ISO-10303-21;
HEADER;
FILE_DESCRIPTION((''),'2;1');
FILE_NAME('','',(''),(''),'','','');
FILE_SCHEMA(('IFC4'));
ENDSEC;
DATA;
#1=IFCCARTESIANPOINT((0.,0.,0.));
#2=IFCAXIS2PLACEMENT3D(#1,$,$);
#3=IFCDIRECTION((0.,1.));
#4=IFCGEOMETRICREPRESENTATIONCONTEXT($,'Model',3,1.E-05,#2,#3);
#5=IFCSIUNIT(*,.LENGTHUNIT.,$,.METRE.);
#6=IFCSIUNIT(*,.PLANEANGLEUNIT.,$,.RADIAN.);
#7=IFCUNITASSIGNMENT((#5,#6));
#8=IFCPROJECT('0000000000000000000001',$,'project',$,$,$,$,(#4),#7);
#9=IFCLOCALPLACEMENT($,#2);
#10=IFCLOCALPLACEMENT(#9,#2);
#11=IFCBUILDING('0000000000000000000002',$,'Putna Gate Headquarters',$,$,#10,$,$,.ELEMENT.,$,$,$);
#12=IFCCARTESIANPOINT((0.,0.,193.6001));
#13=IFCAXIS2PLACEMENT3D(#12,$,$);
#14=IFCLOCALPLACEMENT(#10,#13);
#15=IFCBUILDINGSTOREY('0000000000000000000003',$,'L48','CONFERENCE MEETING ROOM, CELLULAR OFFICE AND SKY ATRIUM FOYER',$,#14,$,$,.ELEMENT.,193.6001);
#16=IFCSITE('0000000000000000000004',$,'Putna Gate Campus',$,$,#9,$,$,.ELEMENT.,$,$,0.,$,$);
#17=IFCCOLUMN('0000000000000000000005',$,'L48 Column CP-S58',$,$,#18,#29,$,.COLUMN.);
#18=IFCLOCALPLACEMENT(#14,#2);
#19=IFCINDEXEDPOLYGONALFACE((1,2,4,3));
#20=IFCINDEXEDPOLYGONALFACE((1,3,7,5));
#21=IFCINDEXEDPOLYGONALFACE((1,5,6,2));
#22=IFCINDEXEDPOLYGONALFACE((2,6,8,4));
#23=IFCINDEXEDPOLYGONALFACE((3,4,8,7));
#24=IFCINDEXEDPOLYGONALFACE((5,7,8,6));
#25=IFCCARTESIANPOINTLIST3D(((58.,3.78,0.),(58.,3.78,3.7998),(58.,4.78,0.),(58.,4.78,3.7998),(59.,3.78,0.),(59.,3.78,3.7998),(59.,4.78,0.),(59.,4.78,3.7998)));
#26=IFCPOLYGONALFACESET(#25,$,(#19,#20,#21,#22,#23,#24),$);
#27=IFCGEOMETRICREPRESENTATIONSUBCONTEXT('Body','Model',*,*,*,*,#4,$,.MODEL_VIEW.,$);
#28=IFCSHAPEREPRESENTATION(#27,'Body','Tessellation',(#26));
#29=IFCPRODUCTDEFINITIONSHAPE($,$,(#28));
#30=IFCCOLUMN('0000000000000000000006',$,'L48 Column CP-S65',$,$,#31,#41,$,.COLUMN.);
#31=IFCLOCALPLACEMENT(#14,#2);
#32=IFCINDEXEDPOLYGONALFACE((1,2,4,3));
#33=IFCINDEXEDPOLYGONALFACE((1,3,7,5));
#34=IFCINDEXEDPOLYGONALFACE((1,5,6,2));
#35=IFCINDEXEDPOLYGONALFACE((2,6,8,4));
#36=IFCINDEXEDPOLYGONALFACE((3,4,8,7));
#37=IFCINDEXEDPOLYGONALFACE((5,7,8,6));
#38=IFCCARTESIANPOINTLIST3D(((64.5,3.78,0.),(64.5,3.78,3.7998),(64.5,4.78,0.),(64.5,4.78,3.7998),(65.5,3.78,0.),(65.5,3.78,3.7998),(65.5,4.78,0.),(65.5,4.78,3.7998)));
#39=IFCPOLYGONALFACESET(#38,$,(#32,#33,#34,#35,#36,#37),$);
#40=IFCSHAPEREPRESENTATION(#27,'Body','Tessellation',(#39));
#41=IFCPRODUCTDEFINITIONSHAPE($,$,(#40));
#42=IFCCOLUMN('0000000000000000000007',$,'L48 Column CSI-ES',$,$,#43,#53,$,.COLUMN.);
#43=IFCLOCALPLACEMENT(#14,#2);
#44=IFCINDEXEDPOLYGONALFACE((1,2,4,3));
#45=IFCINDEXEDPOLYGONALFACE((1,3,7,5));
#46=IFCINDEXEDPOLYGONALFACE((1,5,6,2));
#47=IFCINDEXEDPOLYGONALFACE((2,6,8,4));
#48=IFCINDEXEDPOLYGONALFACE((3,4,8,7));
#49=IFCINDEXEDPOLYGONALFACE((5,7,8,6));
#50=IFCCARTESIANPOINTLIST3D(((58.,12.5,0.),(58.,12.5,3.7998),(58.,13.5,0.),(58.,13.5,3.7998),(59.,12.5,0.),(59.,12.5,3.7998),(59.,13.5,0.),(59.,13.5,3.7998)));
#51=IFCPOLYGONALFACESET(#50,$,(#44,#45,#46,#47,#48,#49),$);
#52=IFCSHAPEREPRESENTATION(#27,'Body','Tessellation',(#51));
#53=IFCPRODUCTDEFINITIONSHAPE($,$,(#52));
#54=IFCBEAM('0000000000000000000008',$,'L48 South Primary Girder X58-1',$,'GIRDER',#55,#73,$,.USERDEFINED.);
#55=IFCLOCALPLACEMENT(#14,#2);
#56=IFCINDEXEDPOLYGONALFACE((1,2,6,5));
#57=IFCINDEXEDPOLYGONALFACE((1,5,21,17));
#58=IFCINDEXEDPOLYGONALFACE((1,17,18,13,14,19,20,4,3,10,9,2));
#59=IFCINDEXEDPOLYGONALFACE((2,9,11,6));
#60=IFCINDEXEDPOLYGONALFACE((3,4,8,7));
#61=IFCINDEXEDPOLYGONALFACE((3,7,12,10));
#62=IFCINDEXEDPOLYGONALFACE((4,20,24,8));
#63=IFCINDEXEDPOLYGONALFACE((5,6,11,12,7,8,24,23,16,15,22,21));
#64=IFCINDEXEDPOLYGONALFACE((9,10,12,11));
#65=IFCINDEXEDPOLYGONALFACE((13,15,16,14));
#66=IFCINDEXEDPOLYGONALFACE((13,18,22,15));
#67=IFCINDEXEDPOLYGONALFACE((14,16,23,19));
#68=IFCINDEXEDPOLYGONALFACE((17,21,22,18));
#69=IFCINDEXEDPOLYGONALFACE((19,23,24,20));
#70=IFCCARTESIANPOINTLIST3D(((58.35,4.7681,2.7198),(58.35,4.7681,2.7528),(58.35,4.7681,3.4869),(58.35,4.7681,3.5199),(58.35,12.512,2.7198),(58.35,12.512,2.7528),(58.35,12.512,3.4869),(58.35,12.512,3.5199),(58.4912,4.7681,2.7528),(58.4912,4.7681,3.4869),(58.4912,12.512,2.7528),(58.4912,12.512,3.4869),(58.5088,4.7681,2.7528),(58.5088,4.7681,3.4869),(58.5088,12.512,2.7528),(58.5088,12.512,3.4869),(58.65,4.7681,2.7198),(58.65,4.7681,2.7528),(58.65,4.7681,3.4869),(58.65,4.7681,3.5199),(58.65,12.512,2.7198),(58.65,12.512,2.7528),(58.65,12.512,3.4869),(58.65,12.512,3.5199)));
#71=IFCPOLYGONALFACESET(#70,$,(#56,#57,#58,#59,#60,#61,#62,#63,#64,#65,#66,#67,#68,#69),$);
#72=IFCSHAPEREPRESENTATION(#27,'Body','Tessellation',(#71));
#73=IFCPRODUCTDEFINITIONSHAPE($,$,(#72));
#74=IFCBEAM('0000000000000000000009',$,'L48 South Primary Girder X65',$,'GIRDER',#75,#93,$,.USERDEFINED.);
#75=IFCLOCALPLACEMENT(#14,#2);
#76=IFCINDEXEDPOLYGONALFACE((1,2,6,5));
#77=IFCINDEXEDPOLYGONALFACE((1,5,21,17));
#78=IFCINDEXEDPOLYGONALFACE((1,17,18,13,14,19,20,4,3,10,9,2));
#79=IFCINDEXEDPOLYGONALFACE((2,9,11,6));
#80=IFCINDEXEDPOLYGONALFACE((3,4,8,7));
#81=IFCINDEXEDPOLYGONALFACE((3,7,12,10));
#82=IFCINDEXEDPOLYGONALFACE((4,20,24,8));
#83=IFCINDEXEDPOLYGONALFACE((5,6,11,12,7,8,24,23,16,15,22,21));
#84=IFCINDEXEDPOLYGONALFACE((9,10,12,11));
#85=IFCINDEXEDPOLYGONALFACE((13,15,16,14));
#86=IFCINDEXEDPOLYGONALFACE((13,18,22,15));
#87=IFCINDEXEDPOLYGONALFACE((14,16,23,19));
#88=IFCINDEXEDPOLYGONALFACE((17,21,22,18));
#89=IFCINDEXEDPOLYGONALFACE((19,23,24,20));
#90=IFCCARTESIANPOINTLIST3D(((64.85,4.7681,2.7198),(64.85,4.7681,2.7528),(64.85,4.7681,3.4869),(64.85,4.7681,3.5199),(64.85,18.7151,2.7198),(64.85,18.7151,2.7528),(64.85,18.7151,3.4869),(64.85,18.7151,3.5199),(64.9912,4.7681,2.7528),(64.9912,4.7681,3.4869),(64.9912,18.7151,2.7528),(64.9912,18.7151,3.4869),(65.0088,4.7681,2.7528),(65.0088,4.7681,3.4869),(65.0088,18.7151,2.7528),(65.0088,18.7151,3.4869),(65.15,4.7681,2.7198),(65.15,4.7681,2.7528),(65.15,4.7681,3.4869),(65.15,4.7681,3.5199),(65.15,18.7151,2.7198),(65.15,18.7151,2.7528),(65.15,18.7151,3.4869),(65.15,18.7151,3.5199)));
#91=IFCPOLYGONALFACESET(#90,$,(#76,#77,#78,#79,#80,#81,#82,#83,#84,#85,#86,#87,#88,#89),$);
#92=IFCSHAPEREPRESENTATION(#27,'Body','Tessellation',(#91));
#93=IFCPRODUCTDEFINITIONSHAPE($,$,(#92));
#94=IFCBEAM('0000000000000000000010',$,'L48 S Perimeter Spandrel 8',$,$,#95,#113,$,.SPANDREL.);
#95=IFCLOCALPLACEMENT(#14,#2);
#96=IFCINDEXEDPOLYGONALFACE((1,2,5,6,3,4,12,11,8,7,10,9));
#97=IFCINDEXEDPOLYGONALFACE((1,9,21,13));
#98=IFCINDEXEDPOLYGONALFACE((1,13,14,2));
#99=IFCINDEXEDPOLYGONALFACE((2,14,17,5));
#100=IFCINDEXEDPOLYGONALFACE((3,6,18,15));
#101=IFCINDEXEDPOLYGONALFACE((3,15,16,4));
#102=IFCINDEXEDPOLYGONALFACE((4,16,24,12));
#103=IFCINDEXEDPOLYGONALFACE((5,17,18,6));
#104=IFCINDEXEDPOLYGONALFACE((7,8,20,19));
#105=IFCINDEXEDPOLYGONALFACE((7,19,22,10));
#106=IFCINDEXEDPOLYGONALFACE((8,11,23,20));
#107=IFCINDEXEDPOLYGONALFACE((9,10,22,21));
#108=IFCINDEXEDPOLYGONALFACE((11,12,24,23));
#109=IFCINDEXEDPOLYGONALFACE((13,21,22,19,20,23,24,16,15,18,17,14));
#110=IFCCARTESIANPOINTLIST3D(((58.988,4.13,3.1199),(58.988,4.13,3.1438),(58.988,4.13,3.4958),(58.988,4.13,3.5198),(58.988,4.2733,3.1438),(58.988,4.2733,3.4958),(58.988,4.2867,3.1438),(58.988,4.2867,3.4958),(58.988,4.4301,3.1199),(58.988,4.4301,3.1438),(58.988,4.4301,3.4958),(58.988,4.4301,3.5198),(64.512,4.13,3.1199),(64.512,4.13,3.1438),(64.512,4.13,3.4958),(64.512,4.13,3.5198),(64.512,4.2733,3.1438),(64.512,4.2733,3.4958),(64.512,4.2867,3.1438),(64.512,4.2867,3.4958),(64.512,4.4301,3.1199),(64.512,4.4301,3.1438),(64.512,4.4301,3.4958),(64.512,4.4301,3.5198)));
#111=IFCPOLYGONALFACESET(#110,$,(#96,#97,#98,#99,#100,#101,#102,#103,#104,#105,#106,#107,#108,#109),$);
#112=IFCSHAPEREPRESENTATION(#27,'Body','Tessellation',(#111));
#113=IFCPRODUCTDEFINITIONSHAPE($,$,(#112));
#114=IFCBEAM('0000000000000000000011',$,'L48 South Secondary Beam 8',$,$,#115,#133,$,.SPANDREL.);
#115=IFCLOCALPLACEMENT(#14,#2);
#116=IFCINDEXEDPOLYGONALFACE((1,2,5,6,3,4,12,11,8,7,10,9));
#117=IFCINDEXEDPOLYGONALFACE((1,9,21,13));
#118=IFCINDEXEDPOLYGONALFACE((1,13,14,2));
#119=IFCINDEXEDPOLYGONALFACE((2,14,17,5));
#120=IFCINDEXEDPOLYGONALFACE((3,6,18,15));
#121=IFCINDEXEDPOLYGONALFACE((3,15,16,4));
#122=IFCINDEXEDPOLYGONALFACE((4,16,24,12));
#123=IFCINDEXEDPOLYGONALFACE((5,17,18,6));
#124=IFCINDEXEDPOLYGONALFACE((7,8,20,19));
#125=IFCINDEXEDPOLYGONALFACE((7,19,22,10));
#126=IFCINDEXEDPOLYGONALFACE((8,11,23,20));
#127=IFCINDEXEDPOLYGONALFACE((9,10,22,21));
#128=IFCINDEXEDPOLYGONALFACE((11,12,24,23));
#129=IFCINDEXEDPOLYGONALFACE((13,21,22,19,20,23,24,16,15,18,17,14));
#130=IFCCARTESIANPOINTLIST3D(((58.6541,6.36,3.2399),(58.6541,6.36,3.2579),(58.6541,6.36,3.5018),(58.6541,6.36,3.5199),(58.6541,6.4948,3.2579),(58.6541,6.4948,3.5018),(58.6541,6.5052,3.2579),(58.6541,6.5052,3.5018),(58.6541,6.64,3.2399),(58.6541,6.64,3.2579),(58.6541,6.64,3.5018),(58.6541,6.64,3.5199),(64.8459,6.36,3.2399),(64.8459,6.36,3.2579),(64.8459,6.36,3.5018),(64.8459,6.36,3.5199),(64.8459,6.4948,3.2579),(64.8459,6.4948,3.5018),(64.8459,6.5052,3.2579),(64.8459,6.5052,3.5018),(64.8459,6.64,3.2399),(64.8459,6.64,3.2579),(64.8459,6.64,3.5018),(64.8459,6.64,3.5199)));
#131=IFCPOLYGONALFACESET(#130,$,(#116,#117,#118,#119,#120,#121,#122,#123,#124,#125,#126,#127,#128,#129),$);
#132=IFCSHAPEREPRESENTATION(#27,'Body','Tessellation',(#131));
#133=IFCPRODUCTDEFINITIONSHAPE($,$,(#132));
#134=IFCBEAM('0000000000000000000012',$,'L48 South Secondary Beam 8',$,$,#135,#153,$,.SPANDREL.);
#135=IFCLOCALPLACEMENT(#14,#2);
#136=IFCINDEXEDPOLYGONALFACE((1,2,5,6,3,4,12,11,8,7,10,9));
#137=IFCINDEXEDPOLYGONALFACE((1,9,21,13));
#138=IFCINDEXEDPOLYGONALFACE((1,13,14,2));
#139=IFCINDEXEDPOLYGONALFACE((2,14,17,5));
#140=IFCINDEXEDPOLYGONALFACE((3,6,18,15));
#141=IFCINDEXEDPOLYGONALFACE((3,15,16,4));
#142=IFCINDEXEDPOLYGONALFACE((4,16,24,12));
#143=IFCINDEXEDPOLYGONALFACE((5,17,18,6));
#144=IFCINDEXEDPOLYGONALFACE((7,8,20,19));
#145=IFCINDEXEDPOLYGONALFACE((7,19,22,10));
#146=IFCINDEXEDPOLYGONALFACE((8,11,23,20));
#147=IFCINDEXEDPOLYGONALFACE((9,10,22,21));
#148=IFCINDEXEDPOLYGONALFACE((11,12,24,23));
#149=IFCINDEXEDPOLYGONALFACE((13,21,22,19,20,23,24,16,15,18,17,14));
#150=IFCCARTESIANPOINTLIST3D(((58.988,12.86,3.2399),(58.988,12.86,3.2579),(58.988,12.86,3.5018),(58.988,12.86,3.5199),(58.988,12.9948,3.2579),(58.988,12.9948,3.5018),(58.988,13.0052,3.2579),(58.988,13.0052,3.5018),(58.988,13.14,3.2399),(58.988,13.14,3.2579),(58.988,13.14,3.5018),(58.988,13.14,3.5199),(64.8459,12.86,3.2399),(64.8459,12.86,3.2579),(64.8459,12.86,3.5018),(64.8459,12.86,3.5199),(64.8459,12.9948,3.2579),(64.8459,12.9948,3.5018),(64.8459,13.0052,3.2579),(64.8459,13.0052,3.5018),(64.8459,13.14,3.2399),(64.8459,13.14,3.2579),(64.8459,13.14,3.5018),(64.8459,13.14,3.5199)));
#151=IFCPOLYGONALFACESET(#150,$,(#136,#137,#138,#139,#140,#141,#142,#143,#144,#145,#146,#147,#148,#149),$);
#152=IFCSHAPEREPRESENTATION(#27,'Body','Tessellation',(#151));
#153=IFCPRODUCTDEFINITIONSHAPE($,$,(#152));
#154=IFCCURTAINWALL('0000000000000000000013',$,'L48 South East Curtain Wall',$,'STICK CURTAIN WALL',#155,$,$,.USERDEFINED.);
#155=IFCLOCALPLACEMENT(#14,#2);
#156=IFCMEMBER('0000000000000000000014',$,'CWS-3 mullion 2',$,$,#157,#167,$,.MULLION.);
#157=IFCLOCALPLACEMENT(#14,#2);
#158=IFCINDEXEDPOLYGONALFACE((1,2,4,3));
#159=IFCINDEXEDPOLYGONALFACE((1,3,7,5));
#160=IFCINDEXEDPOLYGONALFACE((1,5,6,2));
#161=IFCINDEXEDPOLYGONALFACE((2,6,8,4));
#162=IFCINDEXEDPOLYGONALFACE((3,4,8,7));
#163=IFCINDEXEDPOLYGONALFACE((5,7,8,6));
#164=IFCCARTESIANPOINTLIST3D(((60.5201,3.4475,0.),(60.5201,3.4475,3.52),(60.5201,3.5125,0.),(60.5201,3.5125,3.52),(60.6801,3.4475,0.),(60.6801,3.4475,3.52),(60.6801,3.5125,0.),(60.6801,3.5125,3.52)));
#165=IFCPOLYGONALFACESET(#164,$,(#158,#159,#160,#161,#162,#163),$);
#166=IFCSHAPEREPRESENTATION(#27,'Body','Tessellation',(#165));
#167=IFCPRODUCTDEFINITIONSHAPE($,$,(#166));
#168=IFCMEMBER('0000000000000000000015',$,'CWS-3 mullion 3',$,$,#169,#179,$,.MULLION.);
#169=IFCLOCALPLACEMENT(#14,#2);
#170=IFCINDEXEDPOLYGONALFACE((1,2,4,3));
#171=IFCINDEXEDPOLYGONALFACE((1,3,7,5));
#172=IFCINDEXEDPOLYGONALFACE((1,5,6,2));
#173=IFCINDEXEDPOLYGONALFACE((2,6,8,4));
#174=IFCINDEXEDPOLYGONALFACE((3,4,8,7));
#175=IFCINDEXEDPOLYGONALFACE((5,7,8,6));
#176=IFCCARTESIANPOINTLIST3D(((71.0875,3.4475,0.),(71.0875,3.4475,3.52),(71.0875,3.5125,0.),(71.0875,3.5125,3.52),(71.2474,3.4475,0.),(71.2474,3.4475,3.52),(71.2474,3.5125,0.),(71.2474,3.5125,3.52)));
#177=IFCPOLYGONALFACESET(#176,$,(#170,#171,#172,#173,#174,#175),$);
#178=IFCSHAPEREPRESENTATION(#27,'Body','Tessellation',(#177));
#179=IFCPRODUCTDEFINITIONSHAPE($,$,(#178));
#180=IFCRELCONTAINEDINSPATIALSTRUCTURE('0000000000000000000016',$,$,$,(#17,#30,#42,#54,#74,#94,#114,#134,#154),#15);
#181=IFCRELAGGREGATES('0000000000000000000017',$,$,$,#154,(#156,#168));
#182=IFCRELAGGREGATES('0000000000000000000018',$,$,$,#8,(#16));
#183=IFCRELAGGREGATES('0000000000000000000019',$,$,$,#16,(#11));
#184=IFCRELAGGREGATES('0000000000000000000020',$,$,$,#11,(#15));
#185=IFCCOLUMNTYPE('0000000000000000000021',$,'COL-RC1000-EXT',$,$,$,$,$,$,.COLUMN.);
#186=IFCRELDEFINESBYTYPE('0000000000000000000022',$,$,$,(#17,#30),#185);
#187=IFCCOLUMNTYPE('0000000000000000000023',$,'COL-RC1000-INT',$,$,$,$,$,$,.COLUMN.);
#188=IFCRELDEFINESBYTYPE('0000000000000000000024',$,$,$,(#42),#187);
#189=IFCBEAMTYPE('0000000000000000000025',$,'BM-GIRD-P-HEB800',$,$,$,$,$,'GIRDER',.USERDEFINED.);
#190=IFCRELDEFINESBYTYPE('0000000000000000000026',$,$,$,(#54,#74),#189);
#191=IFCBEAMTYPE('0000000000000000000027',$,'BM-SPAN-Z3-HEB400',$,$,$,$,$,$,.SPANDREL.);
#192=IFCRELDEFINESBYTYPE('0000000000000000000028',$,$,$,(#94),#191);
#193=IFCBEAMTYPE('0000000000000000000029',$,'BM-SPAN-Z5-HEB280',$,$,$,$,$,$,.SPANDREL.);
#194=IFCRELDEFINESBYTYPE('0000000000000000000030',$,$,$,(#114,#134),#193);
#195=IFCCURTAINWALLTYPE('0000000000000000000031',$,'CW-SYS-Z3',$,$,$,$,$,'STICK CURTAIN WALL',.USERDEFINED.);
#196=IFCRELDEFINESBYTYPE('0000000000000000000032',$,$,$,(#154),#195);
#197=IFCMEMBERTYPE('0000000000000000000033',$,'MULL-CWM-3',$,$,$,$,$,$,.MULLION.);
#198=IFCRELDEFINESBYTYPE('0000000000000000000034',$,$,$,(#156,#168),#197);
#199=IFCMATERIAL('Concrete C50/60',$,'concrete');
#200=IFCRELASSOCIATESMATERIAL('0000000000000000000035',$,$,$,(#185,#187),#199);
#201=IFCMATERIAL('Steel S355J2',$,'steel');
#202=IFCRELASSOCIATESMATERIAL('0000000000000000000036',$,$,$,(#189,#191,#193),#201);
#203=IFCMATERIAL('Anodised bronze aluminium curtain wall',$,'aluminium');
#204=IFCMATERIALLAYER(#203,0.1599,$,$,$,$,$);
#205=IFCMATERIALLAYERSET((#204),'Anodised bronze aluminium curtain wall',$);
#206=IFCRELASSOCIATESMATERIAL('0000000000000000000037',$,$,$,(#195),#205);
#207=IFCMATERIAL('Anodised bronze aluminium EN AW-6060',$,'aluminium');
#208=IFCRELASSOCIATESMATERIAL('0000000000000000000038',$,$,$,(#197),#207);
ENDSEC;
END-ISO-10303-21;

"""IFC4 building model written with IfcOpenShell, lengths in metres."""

from ifc_helpers import new_model, si_unit, direction, frame, origin, origin_2d, place, context, subcontext, project, spatial, rectangle, i_section, extrude, material, layer, layer_set, material_profile, profile_set, type_object, element, aggregate, save


model = new_model("IFC4")

# Units and contexts
model_context = context("Model", 3, precision=1e-05, world=origin(), true_north=direction((0.0, 1.0)))
body_context = subcontext(model_context, "Body", "Model", "MODEL_VIEW")
ifc_project = project(units=[si_unit("LENGTHUNIT", "METRE"), si_unit("PLANEANGLEUNIT", "RADIAN")], contexts=[model_context])

# Site, building, storey
site_placement = place(None, origin())
site = spatial("IfcSite", under=ifc_project, at=site_placement, Name="Putna Gate Campus", CompositionType="ELEMENT", RefElevation=0.0)
building_placement = place(site_placement, origin())
building = spatial("IfcBuilding", under=site, at=building_placement, Name="Putna Gate Headquarters", CompositionType="ELEMENT")
storey_placement = place(building_placement, frame((0.0, 0.0, 193.6001)))
storey = spatial("IfcBuildingStorey", under=building, at=storey_placement, Name="L48", Description="CONFERENCE MEETING ROOM, CELLULAR OFFICE AND SKY ATRIUM FOYER", CompositionType="ELEMENT", Elevation=193.6001)

# Columns
ifc_material_1 = material(Name="Concrete C50/60", Category="concrete")
ifc_material_profile_1 = material_profile(ifc_material_1, rectangle(XDim=1.0, YDim=1.0, at=origin_2d()), Name="Concrete C50/60")
ifc_profile_set_1 = profile_set([ifc_material_profile_1], Name="Concrete C50/60")
column_type_1 = type_object("IfcColumnType", Name="COL-RC1000-EXT", PredefinedType="COLUMN", material=ifc_profile_set_1)
for number, where, z_axis, x_axis, name in (
    (1, (58.5, 4.28, 0.0), (0.0, 0.0, 1.0), (1.0, 0.0, 0.0), "L48 Column CP-S58"),
    (2, (65.0, 4.28, 0.0), (0.0, 0.0, 1.0), (1.0, 0.0, 0.0), "L48 Column CP-S65"),
):
    element("IfcColumn", number, at=place(storey_placement, frame(where, z_axis=z_axis, x_axis=x_axis)), inside=storey, type_object=column_type_1, Name=name, PredefinedType="COLUMN", context=body_context, shape_type="SweptSolid", body=[
        extrude(rectangle(XDim=1.0, YDim=1.0, at=origin_2d()), origin(), (0.0, 0.0, 1.0), 3.7998),
    ])
ifc_material_profile_2 = material_profile(ifc_material_1, rectangle(XDim=1.0, YDim=1.0, at=origin_2d()), Name="Concrete C50/60")
ifc_profile_set_2 = profile_set([ifc_material_profile_2], Name="Concrete C50/60")
column_type_2 = type_object("IfcColumnType", Name="COL-RC1000-INT", PredefinedType="COLUMN", material=ifc_profile_set_2)
column_placement = place(storey_placement, frame((58.5, 13.0, 0.0), z_axis=(0.0, 0.0, 1.0), x_axis=(1.0, 0.0, 0.0)))
element("IfcColumn", 3, at=column_placement, inside=storey, type_object=column_type_2, Name="L48 Column CSI-ES", PredefinedType="COLUMN", context=body_context, shape_type="SweptSolid", body=[
    extrude(rectangle(XDim=1.0, YDim=1.0, at=origin_2d()), origin(), (0.0, 0.0, 1.0), 3.7998),
])

# Beams
ifc_material_2 = material(Name="Steel S355J2", Category="steel")
ifc_material_profile_3 = material_profile(ifc_material_2, i_section(OverallWidth=0.3, OverallDepth=0.8, WebThickness=0.0176, FlangeThickness=0.033, at=origin_2d()), Name="Steel S355J2")
ifc_profile_set_3 = profile_set([ifc_material_profile_3], Name="Steel S355J2")
beam_type_1 = type_object("IfcBeamType", Name="BM-GIRD-P-HEB800", ElementType="GIRDER", PredefinedType="USERDEFINED", material=ifc_profile_set_3)
beam_1_placement = place(storey_placement, frame((58.5, 4.7681, 3.1199), z_axis=(0.0, 1.0, 0.0), x_axis=(-1.0, 0.0, 0.0)))
element("IfcBeam", 4, at=beam_1_placement, inside=storey, type_object=beam_type_1, Name="L48 South Primary Girder X58-1", ObjectType="GIRDER", PredefinedType="USERDEFINED", context=body_context, shape_type="SweptSolid", body=[
    extrude(i_section(OverallWidth=0.3, OverallDepth=0.8, WebThickness=0.0176, FlangeThickness=0.033, at=origin_2d()), origin(), (0.0, 0.0, 1.0), 7.7439),
])
beam_2_placement = place(storey_placement, frame((65.0, 4.7681, 3.1199), z_axis=(0.0, 1.0, 0.0), x_axis=(-1.0, 0.0, 0.0)))
element("IfcBeam", 5, at=beam_2_placement, inside=storey, type_object=beam_type_1, Name="L48 South Primary Girder X65", ObjectType="GIRDER", PredefinedType="USERDEFINED", context=body_context, shape_type="SweptSolid", body=[
    extrude(i_section(OverallWidth=0.3, OverallDepth=0.8, WebThickness=0.0176, FlangeThickness=0.033, at=origin_2d()), origin(), (0.0, 0.0, 1.0), 13.947),
])
ifc_material_profile_4 = material_profile(ifc_material_2, i_section(OverallWidth=0.3, OverallDepth=0.3999, WebThickness=0.0134, FlangeThickness=0.0239, at=origin_2d()), Name="Steel S355J2")
ifc_profile_set_4 = profile_set([ifc_material_profile_4], Name="Steel S355J2")
beam_type_2 = type_object("IfcBeamType", Name="BM-SPAN-Z3-HEB400", PredefinedType="SPANDREL", material=ifc_profile_set_4)
beam_3_placement = place(storey_placement, frame((58.988, 4.28, 3.3198), z_axis=(1.0, 0.0, 0.0), x_axis=(0.0, 1.0, 0.0)))
element("IfcBeam", 6, at=beam_3_placement, inside=storey, type_object=beam_type_2, Name="L48 S Perimeter Spandrel 8", PredefinedType="SPANDREL", context=body_context, shape_type="SweptSolid", body=[
    extrude(i_section(OverallWidth=0.3, OverallDepth=0.3999, WebThickness=0.0134, FlangeThickness=0.0239, at=origin_2d()), origin(), (0.0, 0.0, 1.0), 5.5239),
])
ifc_material_profile_5 = material_profile(ifc_material_2, i_section(OverallWidth=0.28, OverallDepth=0.28, WebThickness=0.0105, FlangeThickness=0.0181, at=origin_2d()), Name="Steel S355J2")
ifc_profile_set_5 = profile_set([ifc_material_profile_5], Name="Steel S355J2")
beam_type_3 = type_object("IfcBeamType", Name="BM-SPAN-Z5-HEB280", PredefinedType="SPANDREL", material=ifc_profile_set_5)
beam_4_placement = place(storey_placement, frame((58.6541, 6.5, 3.3799), z_axis=(1.0, 0.0, 0.0), x_axis=(0.0, 1.0, 0.0)))
element("IfcBeam", 7, at=beam_4_placement, inside=storey, type_object=beam_type_3, Name="L48 South Secondary Beam 8", PredefinedType="SPANDREL", context=body_context, shape_type="SweptSolid", body=[
    extrude(i_section(OverallWidth=0.28, OverallDepth=0.28, WebThickness=0.0105, FlangeThickness=0.0181, at=origin_2d()), origin(), (0.0, 0.0, 1.0), 6.1919),
])
beam_5_placement = place(storey_placement, frame((58.988, 13.0, 3.3799), z_axis=(1.0, 0.0, 0.0), x_axis=(0.0, 1.0, 0.0)))
element("IfcBeam", 8, at=beam_5_placement, inside=storey, type_object=beam_type_3, Name="L48 South Secondary Beam 8", PredefinedType="SPANDREL", context=body_context, shape_type="SweptSolid", body=[
    extrude(i_section(OverallWidth=0.28, OverallDepth=0.28, WebThickness=0.0105, FlangeThickness=0.0181, at=origin_2d()), origin(), (0.0, 0.0, 1.0), 5.8579),
])

# Curtain wall, members
ifc_material_3 = material(Name="Anodised bronze aluminium curtain wall", Category="aluminium")
ifc_layer_1 = layer(ifc_material_3, 0.1599)
ifc_layer_set_1 = layer_set([ifc_layer_1], Name="Anodised bronze aluminium curtain wall")
curtain_wall_type = type_object("IfcCurtainWallType", Name="CW-SYS-Z3", ElementType="STICK CURTAIN WALL", PredefinedType="USERDEFINED", material=ifc_layer_set_1)
curtain_wall_1_placement = place(storey_placement, origin())
curtain_wall_1 = element("IfcCurtainWall", 9, at=curtain_wall_1_placement, inside=storey, type_object=curtain_wall_type, Name="L48 South East Curtain Wall", ObjectType="STICK CURTAIN WALL", PredefinedType="USERDEFINED")
ifc_material_4 = material(Name="Anodised bronze aluminium EN AW-6060", Category="aluminium")
ifc_material_profile_6 = material_profile(ifc_material_4, rectangle(XDim=0.0649, YDim=0.1599, at=origin_2d()), Name="Anodised bronze aluminium EN AW-6060")
ifc_profile_set_6 = profile_set([ifc_material_profile_6], Name="Anodised bronze aluminium EN AW-6060")
member_type_1 = type_object("IfcMemberType", Name="MULL-CWM-3", PredefinedType="MULLION", material=ifc_profile_set_6)
member_1_placement = place(storey_placement, frame((60.6001, 3.48, 0.0), z_axis=(0.0, 0.0, 1.0), x_axis=(0.0, 1.0, 0.0)))
member_1 = element("IfcMember", 10, at=member_1_placement, type_object=member_type_1, Name="CWS-3 mullion 2", PredefinedType="MULLION", context=body_context, shape_type="SweptSolid", body=[
    extrude(rectangle(XDim=0.0649, YDim=0.1599, at=origin_2d()), origin(), (0.0, 0.0, 1.0), 3.52),
])
member_2_placement = place(storey_placement, frame((71.1675, 3.48, 0.0), z_axis=(0.0, 0.0, 1.0), x_axis=(0.0, 1.0, 0.0)))
member_2 = element("IfcMember", 11, at=member_2_placement, type_object=member_type_1, Name="CWS-3 mullion 3", PredefinedType="MULLION", context=body_context, shape_type="SweptSolid", body=[
    extrude(rectangle(XDim=0.0649, YDim=0.1599, at=origin_2d()), origin(), (0.0, 0.0, 1.0), 3.52),
])

aggregate(curtain_wall_1, [member_1, member_2])

save(model, "model.ifc")
